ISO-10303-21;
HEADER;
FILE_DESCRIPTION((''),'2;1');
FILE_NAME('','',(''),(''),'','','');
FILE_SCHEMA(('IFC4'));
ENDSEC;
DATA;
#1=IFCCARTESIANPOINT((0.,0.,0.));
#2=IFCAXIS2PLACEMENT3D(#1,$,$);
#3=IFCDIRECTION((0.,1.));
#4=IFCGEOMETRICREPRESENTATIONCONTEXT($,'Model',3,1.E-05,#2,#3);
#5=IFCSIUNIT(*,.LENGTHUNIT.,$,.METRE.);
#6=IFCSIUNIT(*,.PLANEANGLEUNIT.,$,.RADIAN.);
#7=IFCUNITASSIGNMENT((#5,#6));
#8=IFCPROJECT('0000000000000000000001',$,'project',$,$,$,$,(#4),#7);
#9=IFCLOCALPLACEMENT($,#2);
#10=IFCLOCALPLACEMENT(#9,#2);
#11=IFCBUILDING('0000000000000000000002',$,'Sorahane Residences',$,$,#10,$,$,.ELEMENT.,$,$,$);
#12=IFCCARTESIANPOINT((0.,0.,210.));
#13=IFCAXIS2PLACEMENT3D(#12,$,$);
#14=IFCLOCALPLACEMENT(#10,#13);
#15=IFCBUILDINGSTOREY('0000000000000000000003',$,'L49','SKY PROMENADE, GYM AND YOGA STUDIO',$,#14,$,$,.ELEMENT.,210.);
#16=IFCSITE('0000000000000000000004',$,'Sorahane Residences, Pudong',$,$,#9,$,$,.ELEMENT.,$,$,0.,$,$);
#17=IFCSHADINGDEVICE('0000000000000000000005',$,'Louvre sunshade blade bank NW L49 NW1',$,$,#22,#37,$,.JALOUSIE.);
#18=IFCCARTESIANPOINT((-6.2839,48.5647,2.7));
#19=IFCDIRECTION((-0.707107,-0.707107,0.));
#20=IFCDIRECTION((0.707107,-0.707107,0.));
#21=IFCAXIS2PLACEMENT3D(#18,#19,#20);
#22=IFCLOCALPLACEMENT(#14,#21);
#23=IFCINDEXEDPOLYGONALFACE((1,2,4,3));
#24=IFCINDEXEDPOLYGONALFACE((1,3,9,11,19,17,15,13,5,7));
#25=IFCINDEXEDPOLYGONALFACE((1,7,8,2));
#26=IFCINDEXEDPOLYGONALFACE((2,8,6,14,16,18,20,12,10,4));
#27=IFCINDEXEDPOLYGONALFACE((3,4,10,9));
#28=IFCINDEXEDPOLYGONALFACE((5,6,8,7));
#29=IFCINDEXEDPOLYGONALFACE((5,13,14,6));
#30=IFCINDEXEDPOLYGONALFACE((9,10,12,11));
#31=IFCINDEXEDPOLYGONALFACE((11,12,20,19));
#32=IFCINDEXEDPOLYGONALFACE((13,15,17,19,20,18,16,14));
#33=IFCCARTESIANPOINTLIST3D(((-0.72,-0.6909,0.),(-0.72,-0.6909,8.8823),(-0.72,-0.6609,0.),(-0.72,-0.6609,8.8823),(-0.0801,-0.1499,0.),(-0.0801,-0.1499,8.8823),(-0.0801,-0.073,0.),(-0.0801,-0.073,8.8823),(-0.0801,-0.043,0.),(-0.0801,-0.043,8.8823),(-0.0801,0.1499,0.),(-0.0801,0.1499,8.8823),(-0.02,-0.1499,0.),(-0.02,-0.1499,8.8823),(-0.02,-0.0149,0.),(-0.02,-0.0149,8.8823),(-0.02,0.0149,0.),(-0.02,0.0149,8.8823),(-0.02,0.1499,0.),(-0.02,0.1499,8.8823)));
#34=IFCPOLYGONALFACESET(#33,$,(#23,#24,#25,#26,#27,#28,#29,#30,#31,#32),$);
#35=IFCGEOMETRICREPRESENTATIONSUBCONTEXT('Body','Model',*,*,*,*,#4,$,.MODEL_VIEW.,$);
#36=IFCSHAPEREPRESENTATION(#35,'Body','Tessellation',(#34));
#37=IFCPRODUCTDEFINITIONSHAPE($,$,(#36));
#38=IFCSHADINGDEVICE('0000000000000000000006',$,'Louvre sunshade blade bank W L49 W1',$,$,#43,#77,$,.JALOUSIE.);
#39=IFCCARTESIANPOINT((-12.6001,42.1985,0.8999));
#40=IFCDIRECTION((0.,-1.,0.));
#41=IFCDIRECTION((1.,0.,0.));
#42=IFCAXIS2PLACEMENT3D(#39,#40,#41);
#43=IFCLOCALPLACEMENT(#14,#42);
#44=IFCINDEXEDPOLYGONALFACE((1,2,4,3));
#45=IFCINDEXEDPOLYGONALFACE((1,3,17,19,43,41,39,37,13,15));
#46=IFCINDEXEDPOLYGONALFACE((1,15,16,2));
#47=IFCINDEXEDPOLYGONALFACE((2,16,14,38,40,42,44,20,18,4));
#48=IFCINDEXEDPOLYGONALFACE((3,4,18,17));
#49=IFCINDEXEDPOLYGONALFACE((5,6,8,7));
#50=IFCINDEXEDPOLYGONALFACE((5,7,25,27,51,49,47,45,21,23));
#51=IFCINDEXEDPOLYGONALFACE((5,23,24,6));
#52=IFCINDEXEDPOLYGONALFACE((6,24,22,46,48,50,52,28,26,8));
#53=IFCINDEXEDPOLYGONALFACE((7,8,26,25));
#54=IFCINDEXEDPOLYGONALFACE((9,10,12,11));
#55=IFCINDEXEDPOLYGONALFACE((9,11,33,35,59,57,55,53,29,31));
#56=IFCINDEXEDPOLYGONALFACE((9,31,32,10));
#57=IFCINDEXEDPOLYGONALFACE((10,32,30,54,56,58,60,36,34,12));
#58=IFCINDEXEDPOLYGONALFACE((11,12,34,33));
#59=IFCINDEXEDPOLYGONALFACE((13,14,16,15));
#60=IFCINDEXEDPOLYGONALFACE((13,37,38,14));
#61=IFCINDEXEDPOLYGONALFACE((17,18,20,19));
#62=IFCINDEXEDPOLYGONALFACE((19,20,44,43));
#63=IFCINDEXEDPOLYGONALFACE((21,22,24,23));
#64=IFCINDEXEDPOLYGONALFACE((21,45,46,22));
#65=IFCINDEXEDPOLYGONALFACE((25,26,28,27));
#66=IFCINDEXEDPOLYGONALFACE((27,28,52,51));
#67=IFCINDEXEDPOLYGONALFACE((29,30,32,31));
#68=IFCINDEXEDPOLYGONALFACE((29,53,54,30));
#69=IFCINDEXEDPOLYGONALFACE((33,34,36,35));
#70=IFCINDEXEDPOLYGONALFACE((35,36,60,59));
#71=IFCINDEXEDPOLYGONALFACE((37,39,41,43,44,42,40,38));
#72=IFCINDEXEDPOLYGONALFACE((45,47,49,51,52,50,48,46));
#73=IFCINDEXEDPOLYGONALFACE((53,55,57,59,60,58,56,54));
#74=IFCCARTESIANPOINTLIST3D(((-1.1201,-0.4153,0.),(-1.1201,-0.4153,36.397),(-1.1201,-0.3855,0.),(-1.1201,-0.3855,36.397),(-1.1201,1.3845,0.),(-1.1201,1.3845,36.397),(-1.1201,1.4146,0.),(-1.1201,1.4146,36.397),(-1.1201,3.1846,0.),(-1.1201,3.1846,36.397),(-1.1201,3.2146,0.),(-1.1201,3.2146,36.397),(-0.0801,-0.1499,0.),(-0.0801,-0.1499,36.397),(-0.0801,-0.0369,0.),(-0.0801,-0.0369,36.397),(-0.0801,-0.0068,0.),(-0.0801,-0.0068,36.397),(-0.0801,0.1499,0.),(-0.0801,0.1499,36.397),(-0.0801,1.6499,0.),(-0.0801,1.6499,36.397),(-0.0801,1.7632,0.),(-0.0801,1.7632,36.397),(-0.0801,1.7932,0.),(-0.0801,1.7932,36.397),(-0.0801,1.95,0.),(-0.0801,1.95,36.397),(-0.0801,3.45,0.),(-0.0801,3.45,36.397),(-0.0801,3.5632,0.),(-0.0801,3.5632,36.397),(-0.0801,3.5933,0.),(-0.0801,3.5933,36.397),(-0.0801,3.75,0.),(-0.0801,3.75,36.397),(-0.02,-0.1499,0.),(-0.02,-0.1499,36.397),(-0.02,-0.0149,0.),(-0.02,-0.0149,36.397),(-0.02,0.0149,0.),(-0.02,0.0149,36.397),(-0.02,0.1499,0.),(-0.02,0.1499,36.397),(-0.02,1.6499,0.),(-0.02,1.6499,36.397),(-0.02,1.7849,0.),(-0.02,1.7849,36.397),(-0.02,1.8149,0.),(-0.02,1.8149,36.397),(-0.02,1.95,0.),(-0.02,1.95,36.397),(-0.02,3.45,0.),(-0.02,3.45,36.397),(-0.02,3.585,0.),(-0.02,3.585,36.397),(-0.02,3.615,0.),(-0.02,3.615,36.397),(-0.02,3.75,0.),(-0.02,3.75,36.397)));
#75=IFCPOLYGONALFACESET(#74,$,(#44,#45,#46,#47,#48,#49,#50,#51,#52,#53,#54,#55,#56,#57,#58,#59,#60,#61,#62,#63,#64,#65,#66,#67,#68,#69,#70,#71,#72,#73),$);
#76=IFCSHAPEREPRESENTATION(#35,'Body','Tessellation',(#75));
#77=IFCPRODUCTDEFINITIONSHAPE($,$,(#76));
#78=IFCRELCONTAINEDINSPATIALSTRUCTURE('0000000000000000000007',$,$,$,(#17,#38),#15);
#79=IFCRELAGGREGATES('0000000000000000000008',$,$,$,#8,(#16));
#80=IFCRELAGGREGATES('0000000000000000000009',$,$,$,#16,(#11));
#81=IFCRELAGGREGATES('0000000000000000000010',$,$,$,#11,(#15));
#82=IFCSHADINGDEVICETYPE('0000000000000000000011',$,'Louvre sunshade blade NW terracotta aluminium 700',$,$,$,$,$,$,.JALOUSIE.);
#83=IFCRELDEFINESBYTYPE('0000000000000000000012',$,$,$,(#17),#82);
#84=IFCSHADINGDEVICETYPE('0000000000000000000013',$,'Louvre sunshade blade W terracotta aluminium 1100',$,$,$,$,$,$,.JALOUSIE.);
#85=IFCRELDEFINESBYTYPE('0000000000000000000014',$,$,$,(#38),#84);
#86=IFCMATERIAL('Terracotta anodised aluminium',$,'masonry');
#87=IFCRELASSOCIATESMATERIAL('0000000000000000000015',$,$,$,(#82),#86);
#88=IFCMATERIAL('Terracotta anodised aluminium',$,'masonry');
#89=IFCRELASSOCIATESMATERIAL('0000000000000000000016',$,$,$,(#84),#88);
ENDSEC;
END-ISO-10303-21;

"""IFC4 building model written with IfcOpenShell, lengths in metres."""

from ifc_helpers import new_model, si_unit, direction, frame, origin, place, context, subcontext, project, spatial, polyline, outline, composite_profile, extrude, material, type_object, element, save


model = new_model("IFC4")

# Units and contexts
model_context = context("Model", 3, precision=1e-05, world=origin(), true_north=direction((0.0, 1.0)))
body_context = subcontext(model_context, "Body", "Model", "MODEL_VIEW")
ifc_project = project(units=[si_unit("LENGTHUNIT", "METRE"), si_unit("PLANEANGLEUNIT", "RADIAN")], contexts=[model_context])

# Site, building, storey
site_placement = place(None, origin())
site = spatial("IfcSite", under=ifc_project, at=site_placement, Name="Sorahane Residences, Pudong", CompositionType="ELEMENT", RefElevation=0.0)
building_placement = place(site_placement, origin())
building = spatial("IfcBuilding", under=site, at=building_placement, Name="Sorahane Residences", CompositionType="ELEMENT")
storey_placement = place(building_placement, frame((0.0, 0.0, 210.0)))
storey = spatial("IfcBuildingStorey", under=building, at=storey_placement, Name="L49", Description="SKY PROMENADE, GYM AND YOGA STUDIO", CompositionType="ELEMENT", Elevation=210.0)

# Shading devices
ifc_material_1 = material(Name="Terracotta anodised aluminium", Category="masonry")
shading_device_type_1 = type_object("IfcShadingDeviceType", Name="Louvre sunshade blade NW terracotta aluminium 700", PredefinedType="JALOUSIE", material=ifc_material_1)
shading_device_1_placement = place(storey_placement, frame((-6.2839, 48.5647, 2.7), z_axis=(-0.707107, -0.707107, 0.0), x_axis=(0.707107, -0.707107, 0.0)))
element("IfcShadingDevice", 1, at=shading_device_1_placement, inside=storey, type_object=shading_device_type_1, Name="Louvre sunshade blade bank NW L49 NW1", PredefinedType="JALOUSIE", context=body_context, shape_type="SweptSolid", body=[
    extrude(outline(polyline([(-0.72, -0.6609), (-0.72, -0.6909), (-0.0801, -0.073), (-0.0801, -0.1499), (-0.02, -0.1499), (-0.02, -0.0149), (-0.02, 0.0149), (-0.02, 0.1499), (-0.0801, 0.1499), (-0.0801, -0.043), (-0.72, -0.6609)])), origin(), (0.0, 0.0, 1.0), 8.8823),
])
ifc_material_2 = material(Name="Terracotta anodised aluminium", Category="masonry")
shading_device_type_2 = type_object("IfcShadingDeviceType", Name="Louvre sunshade blade W terracotta aluminium 1100", PredefinedType="JALOUSIE", material=ifc_material_2)
shading_device_2_placement = place(storey_placement, frame((-12.6001, 42.1985, 0.8999), z_axis=(0.0, -1.0, 0.0), x_axis=(1.0, 0.0, 0.0)))
element("IfcShadingDevice", 2, at=shading_device_2_placement, inside=storey, type_object=shading_device_type_2, Name="Louvre sunshade blade bank W L49 W1", PredefinedType="JALOUSIE", context=body_context, shape_type="SweptSolid", body=[
    extrude(composite_profile([outline(polyline([(-1.1201, -0.3855), (-1.1201, -0.4153), (-0.0801, -0.0369), (-0.0801, -0.1499), (-0.02, -0.1499), (-0.02, -0.0149), (-0.02, 0.0149), (-0.02, 0.1499), (-0.0801, 0.1499), (-0.0801, -0.0068), (-1.1201, -0.3855)])), outline(polyline([(-1.1201, 1.4146), (-1.1201, 1.3845), (-0.0801, 1.7632), (-0.0801, 1.6499), (-0.02, 1.6499), (-0.02, 1.7849), (-0.02, 1.8149), (-0.02, 1.95), (-0.0801, 1.95), (-0.0801, 1.7932), (-1.1201, 1.4146)])), outline(polyline([(-1.1201, 3.2146), (-1.1201, 3.1846), (-0.0801, 3.5632), (-0.0801, 3.45), (-0.02, 3.45), (-0.02, 3.585), (-0.02, 3.615), (-0.02, 3.75), (-0.0801, 3.75), (-0.0801, 3.5933), (-1.1201, 3.2146)]))]), origin(), (0.0, 0.0, 1.0), 36.397),
])

save(model, "model.ifc")
